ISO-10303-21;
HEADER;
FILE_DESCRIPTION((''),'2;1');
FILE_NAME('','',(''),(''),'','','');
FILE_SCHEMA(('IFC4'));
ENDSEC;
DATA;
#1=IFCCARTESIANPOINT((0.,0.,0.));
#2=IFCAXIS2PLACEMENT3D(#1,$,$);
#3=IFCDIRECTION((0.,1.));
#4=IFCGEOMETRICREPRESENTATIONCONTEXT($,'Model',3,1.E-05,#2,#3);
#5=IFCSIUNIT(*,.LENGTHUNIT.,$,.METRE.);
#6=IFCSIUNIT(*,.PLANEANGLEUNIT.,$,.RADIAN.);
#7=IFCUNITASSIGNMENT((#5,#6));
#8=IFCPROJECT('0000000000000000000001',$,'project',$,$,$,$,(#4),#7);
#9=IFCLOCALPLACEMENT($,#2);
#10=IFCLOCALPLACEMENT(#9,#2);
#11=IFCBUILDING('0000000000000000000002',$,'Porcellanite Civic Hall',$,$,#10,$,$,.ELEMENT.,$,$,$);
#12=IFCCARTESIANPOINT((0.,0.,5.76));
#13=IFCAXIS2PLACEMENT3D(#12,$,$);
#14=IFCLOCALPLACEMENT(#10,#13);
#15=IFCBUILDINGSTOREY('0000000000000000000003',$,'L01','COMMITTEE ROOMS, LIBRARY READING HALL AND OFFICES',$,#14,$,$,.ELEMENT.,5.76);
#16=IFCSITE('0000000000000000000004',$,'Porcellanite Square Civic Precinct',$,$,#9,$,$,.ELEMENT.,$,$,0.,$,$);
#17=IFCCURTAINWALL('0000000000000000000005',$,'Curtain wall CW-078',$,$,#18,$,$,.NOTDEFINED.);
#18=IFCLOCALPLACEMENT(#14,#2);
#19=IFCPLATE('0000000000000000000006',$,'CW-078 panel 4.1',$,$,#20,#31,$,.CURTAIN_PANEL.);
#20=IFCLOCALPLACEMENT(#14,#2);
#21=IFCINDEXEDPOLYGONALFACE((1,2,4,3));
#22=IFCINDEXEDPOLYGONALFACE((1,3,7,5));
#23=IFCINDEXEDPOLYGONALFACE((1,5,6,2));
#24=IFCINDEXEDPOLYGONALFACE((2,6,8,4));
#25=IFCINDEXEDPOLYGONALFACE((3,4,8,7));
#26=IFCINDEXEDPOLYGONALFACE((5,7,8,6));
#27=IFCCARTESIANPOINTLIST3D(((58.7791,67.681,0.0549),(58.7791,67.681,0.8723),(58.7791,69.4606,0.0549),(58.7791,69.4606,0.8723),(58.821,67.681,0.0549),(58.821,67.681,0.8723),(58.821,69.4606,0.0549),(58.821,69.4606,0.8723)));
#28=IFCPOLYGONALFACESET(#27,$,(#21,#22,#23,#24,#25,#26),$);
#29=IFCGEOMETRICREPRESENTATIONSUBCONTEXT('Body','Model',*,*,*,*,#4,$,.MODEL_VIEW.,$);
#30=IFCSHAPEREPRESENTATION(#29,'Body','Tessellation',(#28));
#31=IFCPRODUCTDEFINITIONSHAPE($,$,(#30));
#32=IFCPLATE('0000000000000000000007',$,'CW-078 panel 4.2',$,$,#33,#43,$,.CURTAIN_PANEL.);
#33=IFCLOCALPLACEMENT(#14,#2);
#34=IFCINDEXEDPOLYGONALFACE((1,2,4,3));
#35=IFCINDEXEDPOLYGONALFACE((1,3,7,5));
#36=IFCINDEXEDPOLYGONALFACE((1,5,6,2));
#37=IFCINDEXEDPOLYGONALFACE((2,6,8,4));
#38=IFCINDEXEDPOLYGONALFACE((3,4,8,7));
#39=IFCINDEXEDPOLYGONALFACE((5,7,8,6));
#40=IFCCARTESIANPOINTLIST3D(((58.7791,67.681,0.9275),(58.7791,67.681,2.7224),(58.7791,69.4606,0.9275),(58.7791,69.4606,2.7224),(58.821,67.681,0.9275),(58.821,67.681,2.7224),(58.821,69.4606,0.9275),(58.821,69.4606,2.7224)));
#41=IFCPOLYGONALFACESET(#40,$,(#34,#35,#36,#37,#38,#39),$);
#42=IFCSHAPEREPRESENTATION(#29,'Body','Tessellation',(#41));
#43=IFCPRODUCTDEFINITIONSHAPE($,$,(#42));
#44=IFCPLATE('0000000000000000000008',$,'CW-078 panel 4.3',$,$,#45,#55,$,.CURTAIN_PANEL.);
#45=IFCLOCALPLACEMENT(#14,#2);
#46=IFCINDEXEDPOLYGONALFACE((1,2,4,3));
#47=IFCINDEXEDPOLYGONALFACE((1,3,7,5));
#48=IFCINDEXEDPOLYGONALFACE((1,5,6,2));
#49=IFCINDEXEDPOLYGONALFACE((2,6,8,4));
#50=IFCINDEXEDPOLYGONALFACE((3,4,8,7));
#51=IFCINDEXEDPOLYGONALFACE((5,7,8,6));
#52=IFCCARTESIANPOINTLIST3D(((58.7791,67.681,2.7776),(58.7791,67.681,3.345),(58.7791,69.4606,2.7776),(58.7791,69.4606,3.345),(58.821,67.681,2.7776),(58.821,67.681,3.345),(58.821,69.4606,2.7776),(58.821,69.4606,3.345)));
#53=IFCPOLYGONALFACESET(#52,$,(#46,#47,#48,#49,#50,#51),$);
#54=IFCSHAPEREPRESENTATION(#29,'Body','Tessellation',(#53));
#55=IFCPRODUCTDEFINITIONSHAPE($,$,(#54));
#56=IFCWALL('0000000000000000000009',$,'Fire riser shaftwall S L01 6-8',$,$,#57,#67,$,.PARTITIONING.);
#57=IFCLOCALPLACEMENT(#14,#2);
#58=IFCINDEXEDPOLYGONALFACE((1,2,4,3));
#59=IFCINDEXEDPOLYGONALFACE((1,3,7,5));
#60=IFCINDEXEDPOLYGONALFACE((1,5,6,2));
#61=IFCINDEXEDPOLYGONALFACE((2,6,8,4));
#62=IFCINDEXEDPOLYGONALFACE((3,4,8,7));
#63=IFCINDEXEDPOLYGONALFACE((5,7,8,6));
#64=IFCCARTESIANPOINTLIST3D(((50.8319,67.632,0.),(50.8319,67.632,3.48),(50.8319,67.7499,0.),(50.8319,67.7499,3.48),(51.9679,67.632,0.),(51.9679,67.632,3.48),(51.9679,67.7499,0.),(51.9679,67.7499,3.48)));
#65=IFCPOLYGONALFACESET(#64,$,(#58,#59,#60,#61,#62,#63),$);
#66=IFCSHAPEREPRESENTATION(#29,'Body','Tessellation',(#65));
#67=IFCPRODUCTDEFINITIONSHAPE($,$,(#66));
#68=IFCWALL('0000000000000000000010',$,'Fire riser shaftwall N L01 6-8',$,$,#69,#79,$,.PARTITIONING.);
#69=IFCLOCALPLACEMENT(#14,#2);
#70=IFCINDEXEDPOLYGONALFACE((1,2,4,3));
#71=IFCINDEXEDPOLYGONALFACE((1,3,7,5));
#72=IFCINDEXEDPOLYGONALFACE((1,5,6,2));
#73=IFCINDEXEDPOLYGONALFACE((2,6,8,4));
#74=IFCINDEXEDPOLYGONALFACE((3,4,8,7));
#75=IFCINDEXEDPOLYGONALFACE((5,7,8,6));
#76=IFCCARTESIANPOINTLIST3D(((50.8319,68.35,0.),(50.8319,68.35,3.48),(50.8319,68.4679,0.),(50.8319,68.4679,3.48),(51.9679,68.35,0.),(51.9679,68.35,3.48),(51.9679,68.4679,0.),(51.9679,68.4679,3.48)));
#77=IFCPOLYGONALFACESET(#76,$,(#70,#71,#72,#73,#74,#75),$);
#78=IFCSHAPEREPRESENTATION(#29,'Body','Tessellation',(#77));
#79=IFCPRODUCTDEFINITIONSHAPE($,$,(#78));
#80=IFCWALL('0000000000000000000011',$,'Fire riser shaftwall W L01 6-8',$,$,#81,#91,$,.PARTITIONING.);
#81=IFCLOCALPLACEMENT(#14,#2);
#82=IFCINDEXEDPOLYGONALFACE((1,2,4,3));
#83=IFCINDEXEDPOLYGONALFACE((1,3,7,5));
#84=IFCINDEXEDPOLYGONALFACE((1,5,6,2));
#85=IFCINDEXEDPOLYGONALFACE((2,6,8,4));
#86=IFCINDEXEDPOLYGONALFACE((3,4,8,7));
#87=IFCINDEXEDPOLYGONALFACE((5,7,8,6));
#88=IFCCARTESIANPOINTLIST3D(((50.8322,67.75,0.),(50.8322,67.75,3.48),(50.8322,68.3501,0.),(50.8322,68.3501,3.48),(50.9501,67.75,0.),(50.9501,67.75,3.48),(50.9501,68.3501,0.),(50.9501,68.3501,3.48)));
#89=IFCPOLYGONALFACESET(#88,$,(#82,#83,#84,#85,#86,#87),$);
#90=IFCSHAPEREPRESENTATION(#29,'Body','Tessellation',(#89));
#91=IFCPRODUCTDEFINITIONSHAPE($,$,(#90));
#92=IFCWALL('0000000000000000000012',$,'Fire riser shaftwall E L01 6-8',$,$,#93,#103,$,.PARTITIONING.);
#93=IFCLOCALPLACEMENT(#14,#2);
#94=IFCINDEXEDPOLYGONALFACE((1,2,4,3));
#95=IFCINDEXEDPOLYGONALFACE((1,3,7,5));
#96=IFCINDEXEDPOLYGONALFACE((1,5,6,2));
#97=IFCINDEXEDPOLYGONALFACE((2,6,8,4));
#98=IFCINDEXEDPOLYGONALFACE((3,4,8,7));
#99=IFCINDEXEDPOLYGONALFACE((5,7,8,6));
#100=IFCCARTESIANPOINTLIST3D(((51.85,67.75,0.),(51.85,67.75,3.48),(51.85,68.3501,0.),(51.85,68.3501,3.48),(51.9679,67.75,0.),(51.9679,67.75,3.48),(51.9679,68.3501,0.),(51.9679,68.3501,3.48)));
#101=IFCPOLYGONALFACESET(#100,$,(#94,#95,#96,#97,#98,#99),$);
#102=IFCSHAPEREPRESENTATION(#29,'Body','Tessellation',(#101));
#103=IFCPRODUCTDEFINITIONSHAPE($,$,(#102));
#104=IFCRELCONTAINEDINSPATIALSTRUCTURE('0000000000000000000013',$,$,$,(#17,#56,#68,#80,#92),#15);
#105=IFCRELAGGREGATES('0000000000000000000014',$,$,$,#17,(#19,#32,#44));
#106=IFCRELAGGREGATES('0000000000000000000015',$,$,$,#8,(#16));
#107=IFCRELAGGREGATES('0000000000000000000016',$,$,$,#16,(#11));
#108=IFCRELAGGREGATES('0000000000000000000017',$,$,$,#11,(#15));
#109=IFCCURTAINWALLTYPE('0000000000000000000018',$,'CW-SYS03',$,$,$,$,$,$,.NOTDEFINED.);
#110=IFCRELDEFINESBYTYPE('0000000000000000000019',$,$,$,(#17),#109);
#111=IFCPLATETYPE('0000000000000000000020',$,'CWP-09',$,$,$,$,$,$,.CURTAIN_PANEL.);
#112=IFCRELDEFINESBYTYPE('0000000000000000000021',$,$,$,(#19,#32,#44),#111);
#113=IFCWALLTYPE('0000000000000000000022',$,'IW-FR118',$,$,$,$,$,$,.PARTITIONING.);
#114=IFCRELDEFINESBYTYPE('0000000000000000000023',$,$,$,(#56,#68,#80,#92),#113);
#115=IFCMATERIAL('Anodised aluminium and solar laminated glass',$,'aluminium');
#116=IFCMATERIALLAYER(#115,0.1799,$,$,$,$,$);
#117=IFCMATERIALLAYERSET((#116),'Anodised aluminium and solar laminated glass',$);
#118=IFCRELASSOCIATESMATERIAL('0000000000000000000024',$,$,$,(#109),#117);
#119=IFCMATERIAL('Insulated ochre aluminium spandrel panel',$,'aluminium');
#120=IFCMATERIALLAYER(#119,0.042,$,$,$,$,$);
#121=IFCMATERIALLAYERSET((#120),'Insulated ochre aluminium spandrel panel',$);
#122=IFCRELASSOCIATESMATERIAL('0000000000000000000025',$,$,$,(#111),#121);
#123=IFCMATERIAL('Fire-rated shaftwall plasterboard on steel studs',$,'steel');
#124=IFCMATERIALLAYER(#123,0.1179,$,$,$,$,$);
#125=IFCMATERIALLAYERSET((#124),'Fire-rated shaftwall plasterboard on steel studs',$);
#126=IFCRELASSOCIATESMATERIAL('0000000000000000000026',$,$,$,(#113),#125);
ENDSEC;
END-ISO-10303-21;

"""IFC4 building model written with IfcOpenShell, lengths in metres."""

from ifc_helpers import new_model, si_unit, direction, frame, frame_2d, origin, origin_2d, place, context, subcontext, project, spatial, rectangle, extrude, material, layer, layer_set, type_object, element, aggregate, save


model = new_model("IFC4")

# Units and contexts
model_context = context("Model", 3, precision=1e-05, world=origin(), true_north=direction((0.0, 1.0)))
body_context = subcontext(model_context, "Body", "Model", "MODEL_VIEW")
ifc_project = project(units=[si_unit("LENGTHUNIT", "METRE"), si_unit("PLANEANGLEUNIT", "RADIAN")], contexts=[model_context])

# Site, building, storey
site_placement = place(None, origin())
site = spatial("IfcSite", under=ifc_project, at=site_placement, Name="Porcellanite Square Civic Precinct", CompositionType="ELEMENT", RefElevation=0.0)
building_placement = place(site_placement, origin())
building = spatial("IfcBuilding", under=site, at=building_placement, Name="Porcellanite Civic Hall", CompositionType="ELEMENT")
storey_placement = place(building_placement, frame((0.0, 0.0, 5.76)))
storey = spatial("IfcBuildingStorey", under=building, at=storey_placement, Name="L01", Description="COMMITTEE ROOMS, LIBRARY READING HALL AND OFFICES", CompositionType="ELEMENT", Elevation=5.76)

# Curtain wall, plates
ifc_material_1 = material(Name="Anodised aluminium and solar laminated glass", Category="aluminium")
ifc_layer_1 = layer(ifc_material_1, 0.1799)
ifc_layer_set_1 = layer_set([ifc_layer_1], Name="Anodised aluminium and solar laminated glass")
curtain_wall_type = type_object("IfcCurtainWallType", Name="CW-SYS03", PredefinedType="NOTDEFINED", material=ifc_layer_set_1)
curtain_wall_placement = place(storey_placement, origin())
curtain_wall = element("IfcCurtainWall", 1, at=curtain_wall_placement, inside=storey, type_object=curtain_wall_type, Name="Curtain wall CW-078", PredefinedType="NOTDEFINED")
ifc_material_2 = material(Name="Insulated ochre aluminium spandrel panel", Category="aluminium")
ifc_layer_2 = layer(ifc_material_2, 0.042)
ifc_layer_set_2 = layer_set([ifc_layer_2], Name="Insulated ochre aluminium spandrel panel")
plate_type = type_object("IfcPlateType", Name="CWP-09", PredefinedType="CURTAIN_PANEL", material=ifc_layer_set_2)
plate_1_placement = place(storey_placement, frame((58.8, 68.5708, 0.0549), z_axis=(0.0, 0.0, 1.0), x_axis=(0.0, -1.0, 0.0)))
plate_1 = element("IfcPlate", 2, at=plate_1_placement, type_object=plate_type, Name="CW-078 panel 4.1", PredefinedType="CURTAIN_PANEL", context=body_context, shape_type="SweptSolid", body=[
    extrude(rectangle(XDim=1.7795, YDim=0.042, at=origin_2d()), origin(), (0.0, 0.0, 1.0), 0.8174),
])
plate_2_placement = place(storey_placement, frame((58.8, 68.5708, 0.9275), z_axis=(0.0, 0.0, 1.0), x_axis=(0.0, -1.0, 0.0)))
plate_2 = element("IfcPlate", 3, at=plate_2_placement, type_object=plate_type, Name="CW-078 panel 4.2", PredefinedType="CURTAIN_PANEL", context=body_context, shape_type="SweptSolid", body=[
    extrude(rectangle(XDim=1.7795, YDim=0.042, at=origin_2d()), origin(), (0.0, 0.0, 1.0), 1.7949),
])
plate_3_placement = place(storey_placement, frame((58.8, 68.5708, 2.7776), z_axis=(0.0, 0.0, 1.0), x_axis=(0.0, -1.0, 0.0)))
plate_3 = element("IfcPlate", 4, at=plate_3_placement, type_object=plate_type, Name="CW-078 panel 4.3", PredefinedType="CURTAIN_PANEL", context=body_context, shape_type="SweptSolid", body=[
    extrude(rectangle(XDim=1.7795, YDim=0.042, at=origin_2d()), origin(), (0.0, 0.0, 1.0), 0.5674),
])
aggregate(curtain_wall, [plate_1, plate_2, plate_3])

# Walls
ifc_material_3 = material(Name="Fire-rated shaftwall plasterboard on steel studs", Category="steel")
ifc_layer_3 = layer(ifc_material_3, 0.1179)
ifc_layer_set_3 = layer_set([ifc_layer_3], Name="Fire-rated shaftwall plasterboard on steel studs")
wall_type = type_object("IfcWallType", Name="IW-FR118", PredefinedType="PARTITIONING", material=ifc_layer_set_3)
for number, where, z_axis, x_axis, name in (
    (5, (50.832, 67.6909, 0.0), (0.0, 0.0, 1.0), (1.0, 0.0, 0.0), "Fire riser shaftwall S L01 6-8"),
    (6, (50.832, 68.4089, 0.0), (0.0, 0.0, 1.0), (1.0, 0.0, 0.0), "Fire riser shaftwall N L01 6-8"),
):
    element("IfcWall", number, at=place(storey_placement, frame(where, z_axis=z_axis, x_axis=x_axis)), inside=storey, type_object=wall_type, Name=name, PredefinedType="PARTITIONING", context=body_context, shape_type="SweptSolid", body=[
        extrude(rectangle(XDim=1.136, YDim=0.1179, at=frame_2d((0.5679, 0.0))), origin(), (0.0, 0.0, 1.0), 3.48),
    ])
for number, where, z_axis, x_axis, name in (
    (7, (50.8911, 67.75, 0.0), (0.0, 0.0, 1.0), (0.0, 1.0, 0.0), "Fire riser shaftwall W L01 6-8"),
    (8, (51.9089, 67.75, 0.0), (0.0, 0.0, 1.0), (0.0, 1.0, 0.0), "Fire riser shaftwall E L01 6-8"),
):
    element("IfcWall", number, at=place(storey_placement, frame(where, z_axis=z_axis, x_axis=x_axis)), inside=storey, type_object=wall_type, Name=name, PredefinedType="PARTITIONING", context=body_context, shape_type="SweptSolid", body=[
        extrude(rectangle(XDim=0.6001, YDim=0.1179, at=frame_2d((0.3, 0.0))), origin(), (0.0, 0.0, 1.0), 3.48),
    ])

save(model, "model.ifc")
